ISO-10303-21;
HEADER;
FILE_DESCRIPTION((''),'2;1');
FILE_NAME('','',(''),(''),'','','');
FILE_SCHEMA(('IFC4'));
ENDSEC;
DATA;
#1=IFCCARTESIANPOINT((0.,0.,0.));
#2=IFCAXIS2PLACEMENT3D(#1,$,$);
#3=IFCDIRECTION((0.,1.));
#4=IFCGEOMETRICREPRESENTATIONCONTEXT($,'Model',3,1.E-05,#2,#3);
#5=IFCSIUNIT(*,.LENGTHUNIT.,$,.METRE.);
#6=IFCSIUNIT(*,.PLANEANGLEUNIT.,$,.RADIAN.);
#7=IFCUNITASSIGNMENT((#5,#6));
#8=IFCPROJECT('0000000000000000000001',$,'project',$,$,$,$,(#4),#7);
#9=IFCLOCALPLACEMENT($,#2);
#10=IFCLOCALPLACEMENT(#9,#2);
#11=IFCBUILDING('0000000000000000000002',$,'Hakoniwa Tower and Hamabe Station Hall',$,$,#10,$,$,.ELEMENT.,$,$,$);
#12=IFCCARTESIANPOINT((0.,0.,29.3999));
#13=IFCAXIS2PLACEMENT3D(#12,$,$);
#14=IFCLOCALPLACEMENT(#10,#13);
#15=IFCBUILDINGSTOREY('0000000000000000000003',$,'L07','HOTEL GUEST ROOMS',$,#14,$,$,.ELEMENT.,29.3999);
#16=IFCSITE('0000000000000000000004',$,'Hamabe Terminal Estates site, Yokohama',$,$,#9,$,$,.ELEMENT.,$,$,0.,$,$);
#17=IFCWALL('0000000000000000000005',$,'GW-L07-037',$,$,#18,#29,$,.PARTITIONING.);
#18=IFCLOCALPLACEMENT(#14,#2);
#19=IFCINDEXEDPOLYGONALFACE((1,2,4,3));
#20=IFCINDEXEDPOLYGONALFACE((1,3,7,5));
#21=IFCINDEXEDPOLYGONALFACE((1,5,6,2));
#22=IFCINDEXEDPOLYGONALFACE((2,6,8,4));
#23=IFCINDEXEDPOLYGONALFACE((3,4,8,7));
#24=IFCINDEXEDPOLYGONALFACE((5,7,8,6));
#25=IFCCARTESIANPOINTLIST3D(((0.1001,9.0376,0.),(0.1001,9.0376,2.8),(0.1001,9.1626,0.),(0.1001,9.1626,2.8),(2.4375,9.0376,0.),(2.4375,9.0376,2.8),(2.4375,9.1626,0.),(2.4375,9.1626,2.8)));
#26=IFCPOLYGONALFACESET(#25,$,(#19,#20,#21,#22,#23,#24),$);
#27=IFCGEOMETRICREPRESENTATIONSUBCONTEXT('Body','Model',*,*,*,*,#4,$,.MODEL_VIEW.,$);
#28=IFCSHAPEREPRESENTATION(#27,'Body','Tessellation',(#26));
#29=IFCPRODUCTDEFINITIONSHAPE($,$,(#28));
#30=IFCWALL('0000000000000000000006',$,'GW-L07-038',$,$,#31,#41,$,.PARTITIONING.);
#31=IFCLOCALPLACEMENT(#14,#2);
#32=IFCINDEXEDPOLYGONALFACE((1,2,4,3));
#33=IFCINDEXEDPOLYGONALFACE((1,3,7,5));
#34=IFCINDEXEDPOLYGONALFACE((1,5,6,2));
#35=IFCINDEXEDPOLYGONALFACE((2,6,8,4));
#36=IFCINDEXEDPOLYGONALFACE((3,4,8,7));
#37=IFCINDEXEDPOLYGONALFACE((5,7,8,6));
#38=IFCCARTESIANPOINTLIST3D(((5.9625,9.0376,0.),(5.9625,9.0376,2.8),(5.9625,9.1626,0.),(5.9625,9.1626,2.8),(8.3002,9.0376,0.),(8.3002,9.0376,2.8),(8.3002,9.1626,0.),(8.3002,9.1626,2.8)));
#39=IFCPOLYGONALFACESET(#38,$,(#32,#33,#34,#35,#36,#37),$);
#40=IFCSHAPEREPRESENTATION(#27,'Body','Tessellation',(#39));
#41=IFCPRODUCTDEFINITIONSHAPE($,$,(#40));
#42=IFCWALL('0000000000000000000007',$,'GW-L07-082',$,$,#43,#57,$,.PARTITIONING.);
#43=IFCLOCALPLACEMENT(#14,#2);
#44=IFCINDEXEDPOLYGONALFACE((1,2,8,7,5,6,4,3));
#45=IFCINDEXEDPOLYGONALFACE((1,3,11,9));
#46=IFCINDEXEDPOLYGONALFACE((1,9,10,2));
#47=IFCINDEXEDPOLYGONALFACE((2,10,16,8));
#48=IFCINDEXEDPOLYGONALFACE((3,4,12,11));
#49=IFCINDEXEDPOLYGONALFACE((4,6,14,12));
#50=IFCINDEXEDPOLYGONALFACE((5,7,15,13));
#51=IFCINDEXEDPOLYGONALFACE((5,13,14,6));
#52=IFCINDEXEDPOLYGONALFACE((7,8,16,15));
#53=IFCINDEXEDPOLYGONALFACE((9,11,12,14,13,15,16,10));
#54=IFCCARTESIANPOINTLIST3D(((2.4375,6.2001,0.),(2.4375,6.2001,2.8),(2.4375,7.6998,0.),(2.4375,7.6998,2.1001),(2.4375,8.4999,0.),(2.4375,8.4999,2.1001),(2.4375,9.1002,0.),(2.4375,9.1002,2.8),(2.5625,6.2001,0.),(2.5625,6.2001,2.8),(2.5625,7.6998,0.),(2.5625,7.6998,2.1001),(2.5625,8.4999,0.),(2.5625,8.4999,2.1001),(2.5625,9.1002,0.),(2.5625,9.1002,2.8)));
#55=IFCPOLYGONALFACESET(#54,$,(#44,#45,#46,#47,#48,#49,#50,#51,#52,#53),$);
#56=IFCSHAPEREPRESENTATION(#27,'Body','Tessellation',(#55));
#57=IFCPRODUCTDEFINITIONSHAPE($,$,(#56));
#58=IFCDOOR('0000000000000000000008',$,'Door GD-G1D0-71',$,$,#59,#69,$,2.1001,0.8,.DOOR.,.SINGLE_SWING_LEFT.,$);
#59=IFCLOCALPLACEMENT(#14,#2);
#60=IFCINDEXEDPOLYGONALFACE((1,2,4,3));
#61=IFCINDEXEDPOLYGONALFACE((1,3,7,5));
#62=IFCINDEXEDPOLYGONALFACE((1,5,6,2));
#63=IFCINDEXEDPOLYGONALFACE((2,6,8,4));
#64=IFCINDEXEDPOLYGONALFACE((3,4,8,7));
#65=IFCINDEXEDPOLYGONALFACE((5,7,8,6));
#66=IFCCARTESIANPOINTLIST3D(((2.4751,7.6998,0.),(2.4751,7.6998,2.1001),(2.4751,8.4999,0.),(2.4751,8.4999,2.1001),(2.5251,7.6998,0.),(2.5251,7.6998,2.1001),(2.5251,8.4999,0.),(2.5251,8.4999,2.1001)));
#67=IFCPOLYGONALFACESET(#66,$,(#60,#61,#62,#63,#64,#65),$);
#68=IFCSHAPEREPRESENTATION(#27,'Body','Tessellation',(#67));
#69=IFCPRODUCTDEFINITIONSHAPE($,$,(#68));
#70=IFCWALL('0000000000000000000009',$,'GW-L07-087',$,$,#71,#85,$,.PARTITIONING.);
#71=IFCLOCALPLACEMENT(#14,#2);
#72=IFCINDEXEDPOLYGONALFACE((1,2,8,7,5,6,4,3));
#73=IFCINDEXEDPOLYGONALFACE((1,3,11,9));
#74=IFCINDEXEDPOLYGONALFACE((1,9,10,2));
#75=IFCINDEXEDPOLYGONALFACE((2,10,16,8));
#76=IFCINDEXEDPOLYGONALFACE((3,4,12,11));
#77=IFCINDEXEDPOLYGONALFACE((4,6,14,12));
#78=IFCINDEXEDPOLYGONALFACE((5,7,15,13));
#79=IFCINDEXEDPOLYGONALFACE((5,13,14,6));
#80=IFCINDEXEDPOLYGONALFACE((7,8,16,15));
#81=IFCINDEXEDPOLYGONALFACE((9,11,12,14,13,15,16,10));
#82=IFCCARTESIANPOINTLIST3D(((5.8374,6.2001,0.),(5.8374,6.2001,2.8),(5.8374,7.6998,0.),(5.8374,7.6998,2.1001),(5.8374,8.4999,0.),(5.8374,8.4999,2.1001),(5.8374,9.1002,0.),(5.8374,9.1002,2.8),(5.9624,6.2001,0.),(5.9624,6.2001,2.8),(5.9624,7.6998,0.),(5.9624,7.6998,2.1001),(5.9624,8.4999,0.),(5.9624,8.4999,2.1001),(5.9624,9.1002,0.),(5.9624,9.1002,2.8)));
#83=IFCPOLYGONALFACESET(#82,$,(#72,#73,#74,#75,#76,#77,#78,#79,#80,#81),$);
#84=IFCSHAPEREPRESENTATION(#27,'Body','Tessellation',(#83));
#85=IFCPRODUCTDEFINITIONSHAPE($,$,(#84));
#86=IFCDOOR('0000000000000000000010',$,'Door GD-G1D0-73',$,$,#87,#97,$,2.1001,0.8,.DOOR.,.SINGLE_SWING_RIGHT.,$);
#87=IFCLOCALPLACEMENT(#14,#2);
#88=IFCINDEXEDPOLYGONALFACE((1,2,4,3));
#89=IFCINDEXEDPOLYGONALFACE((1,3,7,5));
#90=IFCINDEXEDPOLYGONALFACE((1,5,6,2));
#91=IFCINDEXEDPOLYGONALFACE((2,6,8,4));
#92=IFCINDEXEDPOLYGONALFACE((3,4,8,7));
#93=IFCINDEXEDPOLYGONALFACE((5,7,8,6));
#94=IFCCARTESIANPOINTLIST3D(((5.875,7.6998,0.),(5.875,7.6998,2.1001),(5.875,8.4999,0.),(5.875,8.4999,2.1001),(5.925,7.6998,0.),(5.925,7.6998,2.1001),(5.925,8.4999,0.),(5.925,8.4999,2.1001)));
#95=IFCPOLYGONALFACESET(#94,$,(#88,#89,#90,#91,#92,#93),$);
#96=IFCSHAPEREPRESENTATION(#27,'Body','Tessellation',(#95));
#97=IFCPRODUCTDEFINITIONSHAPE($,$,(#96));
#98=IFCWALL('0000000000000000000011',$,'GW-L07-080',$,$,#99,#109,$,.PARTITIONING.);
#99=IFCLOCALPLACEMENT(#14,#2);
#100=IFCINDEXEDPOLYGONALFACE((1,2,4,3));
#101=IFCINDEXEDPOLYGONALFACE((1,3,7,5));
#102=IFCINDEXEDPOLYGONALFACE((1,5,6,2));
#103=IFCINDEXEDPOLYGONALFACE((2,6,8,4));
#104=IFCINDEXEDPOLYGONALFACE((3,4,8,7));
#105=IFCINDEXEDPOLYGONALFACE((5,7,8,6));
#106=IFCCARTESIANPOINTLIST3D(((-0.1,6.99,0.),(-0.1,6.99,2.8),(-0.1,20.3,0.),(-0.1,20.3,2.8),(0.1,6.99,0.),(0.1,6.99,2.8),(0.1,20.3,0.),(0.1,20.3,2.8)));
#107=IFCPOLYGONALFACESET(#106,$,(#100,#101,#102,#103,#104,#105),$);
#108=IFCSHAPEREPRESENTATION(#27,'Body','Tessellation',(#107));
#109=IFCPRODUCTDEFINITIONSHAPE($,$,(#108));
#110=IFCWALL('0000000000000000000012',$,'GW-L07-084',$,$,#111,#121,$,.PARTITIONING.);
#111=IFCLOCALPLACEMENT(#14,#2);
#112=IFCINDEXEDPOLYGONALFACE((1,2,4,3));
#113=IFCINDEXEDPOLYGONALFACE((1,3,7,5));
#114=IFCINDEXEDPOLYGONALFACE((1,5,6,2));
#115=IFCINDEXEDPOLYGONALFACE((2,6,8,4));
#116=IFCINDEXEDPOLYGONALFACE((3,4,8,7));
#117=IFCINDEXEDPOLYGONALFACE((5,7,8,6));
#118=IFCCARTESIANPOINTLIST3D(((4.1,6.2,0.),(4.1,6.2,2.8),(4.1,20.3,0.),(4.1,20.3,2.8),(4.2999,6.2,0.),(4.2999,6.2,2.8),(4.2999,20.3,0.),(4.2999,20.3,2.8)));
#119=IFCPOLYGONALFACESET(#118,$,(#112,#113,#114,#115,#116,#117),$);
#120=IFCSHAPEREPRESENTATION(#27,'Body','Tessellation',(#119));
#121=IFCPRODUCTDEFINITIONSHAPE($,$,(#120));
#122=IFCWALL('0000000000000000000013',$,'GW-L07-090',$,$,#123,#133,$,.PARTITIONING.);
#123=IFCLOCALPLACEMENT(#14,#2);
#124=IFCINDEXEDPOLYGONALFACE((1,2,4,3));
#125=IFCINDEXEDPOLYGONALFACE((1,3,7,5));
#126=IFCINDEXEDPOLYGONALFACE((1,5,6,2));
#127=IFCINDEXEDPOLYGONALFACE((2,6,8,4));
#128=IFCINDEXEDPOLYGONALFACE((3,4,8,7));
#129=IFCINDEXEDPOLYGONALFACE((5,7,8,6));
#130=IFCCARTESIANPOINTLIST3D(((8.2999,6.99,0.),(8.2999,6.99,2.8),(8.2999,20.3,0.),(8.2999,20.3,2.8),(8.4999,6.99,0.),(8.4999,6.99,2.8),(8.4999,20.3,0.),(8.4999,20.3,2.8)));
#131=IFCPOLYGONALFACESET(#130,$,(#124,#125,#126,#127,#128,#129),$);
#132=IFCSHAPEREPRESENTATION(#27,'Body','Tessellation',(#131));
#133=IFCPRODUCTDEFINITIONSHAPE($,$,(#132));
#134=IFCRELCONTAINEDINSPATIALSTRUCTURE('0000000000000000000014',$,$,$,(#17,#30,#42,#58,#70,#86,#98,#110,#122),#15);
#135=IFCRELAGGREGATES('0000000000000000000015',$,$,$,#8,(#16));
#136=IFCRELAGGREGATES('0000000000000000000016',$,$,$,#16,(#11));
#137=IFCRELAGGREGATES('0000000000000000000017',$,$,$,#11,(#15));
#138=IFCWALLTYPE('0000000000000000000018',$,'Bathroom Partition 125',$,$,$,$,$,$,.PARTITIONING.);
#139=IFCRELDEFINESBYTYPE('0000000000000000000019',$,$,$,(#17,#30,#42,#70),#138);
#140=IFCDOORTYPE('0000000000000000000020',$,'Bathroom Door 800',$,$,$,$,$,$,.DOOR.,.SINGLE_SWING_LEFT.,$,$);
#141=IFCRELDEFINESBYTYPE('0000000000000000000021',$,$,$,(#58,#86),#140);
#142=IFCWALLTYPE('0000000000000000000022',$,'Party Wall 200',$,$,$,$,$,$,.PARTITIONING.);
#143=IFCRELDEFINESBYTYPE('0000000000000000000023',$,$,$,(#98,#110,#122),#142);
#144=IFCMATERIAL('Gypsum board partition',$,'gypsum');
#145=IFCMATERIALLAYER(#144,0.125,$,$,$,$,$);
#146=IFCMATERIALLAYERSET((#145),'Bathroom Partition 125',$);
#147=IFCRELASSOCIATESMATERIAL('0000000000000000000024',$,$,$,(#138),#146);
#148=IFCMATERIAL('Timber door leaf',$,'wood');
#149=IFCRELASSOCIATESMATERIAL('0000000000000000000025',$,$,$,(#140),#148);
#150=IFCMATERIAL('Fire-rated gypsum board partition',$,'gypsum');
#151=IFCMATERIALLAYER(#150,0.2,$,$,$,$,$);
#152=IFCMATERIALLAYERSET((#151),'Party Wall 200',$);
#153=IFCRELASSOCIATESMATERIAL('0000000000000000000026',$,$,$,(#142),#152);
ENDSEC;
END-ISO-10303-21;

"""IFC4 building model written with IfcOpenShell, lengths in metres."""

from ifc_helpers import new_model, si_unit, direction, frame, frame_2d, origin, place, context, subcontext, project, spatial, rectangle, extrude, material, layer, layer_set, type_object, element, fill, save


model = new_model("IFC4")

# Units and contexts
model_context = context("Model", 3, precision=1e-05, world=origin(), true_north=direction((0.0, 1.0)))
body_context = subcontext(model_context, "Body", "Model", "MODEL_VIEW")
ifc_project = project(units=[si_unit("LENGTHUNIT", "METRE"), si_unit("PLANEANGLEUNIT", "RADIAN")], contexts=[model_context])

# Site, building, storey
site_placement = place(None, origin())
site = spatial("IfcSite", under=ifc_project, at=site_placement, Name="Hamabe Terminal Estates site, Yokohama", CompositionType="ELEMENT", RefElevation=0.0)
building_placement = place(site_placement, origin())
building = spatial("IfcBuilding", under=site, at=building_placement, Name="Hakoniwa Tower and Hamabe Station Hall", CompositionType="ELEMENT")
storey_placement = place(building_placement, frame((0.0, 0.0, 29.3999)))
storey = spatial("IfcBuildingStorey", under=building, at=storey_placement, Name="L07", Description="HOTEL GUEST ROOMS", CompositionType="ELEMENT", Elevation=29.3999)

# Walls
ifc_material_1 = material(Name="Gypsum board partition", Category="gypsum")
ifc_layer_1 = layer(ifc_material_1, 0.125)
ifc_layer_set_1 = layer_set([ifc_layer_1], Name="Bathroom Partition 125")
wall_type_1 = type_object("IfcWallType", Name="Bathroom Partition 125", PredefinedType="PARTITIONING", material=ifc_layer_set_1)
wall_1_placement = place(storey_placement, frame((0.1001, 9.1001, 0.0), z_axis=(0.0, 0.0, 1.0), x_axis=(1.0, 0.0, 0.0)))
element("IfcWall", 1, at=wall_1_placement, inside=storey, type_object=wall_type_1, Name="GW-L07-037", PredefinedType="PARTITIONING", context=body_context, shape_type="SweptSolid", body=[
    extrude(rectangle(XDim=2.3374, YDim=0.125, at=frame_2d((1.1687, 0.0))), origin(), (0.0, 0.0, 1.0), 2.8),
])
wall_2_placement = place(storey_placement, frame((5.9624, 9.1001, 0.0), z_axis=(0.0, 0.0, 1.0), x_axis=(1.0, 0.0, 0.0)))
element("IfcWall", 2, at=wall_2_placement, inside=storey, type_object=wall_type_1, Name="GW-L07-038", PredefinedType="PARTITIONING", context=body_context, shape_type="SweptSolid", body=[
    extrude(rectangle(XDim=2.3376, YDim=0.125, at=frame_2d((1.1689, 0.0))), origin(), (0.0, 0.0, 1.0), 2.8),
])

# Walls, openings, doors
wall_3_placement = place(storey_placement, frame((2.5, 6.2, 0.0), z_axis=(0.0, 0.0, 1.0), x_axis=(0.0, 1.0, 0.0)))
wall_3 = element("IfcWall", 3, at=wall_3_placement, inside=storey, type_object=wall_type_1, Name="GW-L07-082", PredefinedType="PARTITIONING", context=body_context, shape_type="SweptSolid", body=[
    extrude(rectangle(XDim=2.9001, YDim=0.125, at=frame_2d((1.4502, 0.0))), origin(), (0.0, 0.0, 1.0), 2.8),
])
opening_1_placement = place(wall_3_placement, frame((1.5, 0.0, 0.0)))
opening_1 = element("IfcOpeningElement", 4, at=opening_1_placement, cuts=wall_3, PredefinedType="OPENING", context=body_context, shape_type="SweptSolid", body=[
    extrude(rectangle(XDim=0.8, YDim=2.1001, at=frame_2d((0.3999, 1.05))), frame((0.0, 0.0725, 0.0), z_axis=(0.0, -1.0, 0.0), x_axis=(1.0, 0.0, 0.0)), (0.0, 0.0, 1.0), 0.145),
])
ifc_material_2 = material(Name="Timber door leaf", Category="wood")
door_type = type_object("IfcDoorType", Name="Bathroom Door 800", OperationType="SINGLE_SWING_LEFT", PredefinedType="DOOR", material=ifc_material_2)
door_1_placement = place(opening_1_placement, origin())
door_1 = element("IfcDoor", 5, at=door_1_placement, inside=storey, type_object=door_type, Name="Door GD-G1D0-71", OperationType="SINGLE_SWING_LEFT", OverallHeight=2.1001, OverallWidth=0.8, PredefinedType="DOOR", context=body_context, shape_type="SweptSolid", body=[
    extrude(rectangle(XDim=0.8, YDim=2.1001, at=frame_2d((0.3999, 1.05))), frame((0.0, 0.0249, 0.0), z_axis=(0.0, -1.0, 0.0), x_axis=(1.0, 0.0, 0.0)), (0.0, 0.0, 1.0), 0.05),
])
fill(opening_1, door_1)
wall_4_placement = place(storey_placement, frame((5.8999, 6.2, 0.0), z_axis=(0.0, 0.0, 1.0), x_axis=(0.0, 1.0, 0.0)))
wall_4 = element("IfcWall", 6, at=wall_4_placement, inside=storey, type_object=wall_type_1, Name="GW-L07-087", PredefinedType="PARTITIONING", context=body_context, shape_type="SweptSolid", body=[
    extrude(rectangle(XDim=2.9001, YDim=0.125, at=frame_2d((1.4502, 0.0))), origin(), (0.0, 0.0, 1.0), 2.8),
])
opening_2_placement = place(wall_4_placement, frame((1.5, 0.0, 0.0)))
opening_2 = element("IfcOpeningElement", 7, at=opening_2_placement, cuts=wall_4, PredefinedType="OPENING", context=body_context, shape_type="SweptSolid", body=[
    extrude(rectangle(XDim=0.8, YDim=2.1001, at=frame_2d((0.3999, 1.05))), frame((0.0, 0.0725, 0.0), z_axis=(0.0, -1.0, 0.0), x_axis=(1.0, 0.0, 0.0)), (0.0, 0.0, 1.0), 0.145),
])
door_2_placement = place(opening_2_placement, origin())
door_2 = element("IfcDoor", 8, at=door_2_placement, inside=storey, type_object=door_type, Name="Door GD-G1D0-73", OperationType="SINGLE_SWING_RIGHT", OverallHeight=2.1001, OverallWidth=0.8, PredefinedType="DOOR", context=body_context, shape_type="SweptSolid", body=[
    extrude(rectangle(XDim=0.8, YDim=2.1001, at=frame_2d((0.3999, 1.05))), frame((0.0, 0.0249, 0.0), z_axis=(0.0, -1.0, 0.0), x_axis=(1.0, 0.0, 0.0)), (0.0, 0.0, 1.0), 0.05),
])
fill(opening_2, door_2)

# Walls
ifc_material_3 = material(Name="Fire-rated gypsum board partition", Category="gypsum")
ifc_layer_2 = layer(ifc_material_3, 0.2)
ifc_layer_set_2 = layer_set([ifc_layer_2], Name="Party Wall 200")
wall_type_2 = type_object("IfcWallType", Name="Party Wall 200", PredefinedType="PARTITIONING", material=ifc_layer_set_2)
wall_5_placement = place(storey_placement, frame((0.0, 6.99, 0.0), z_axis=(0.0, 0.0, 1.0), x_axis=(0.0, 1.0, 0.0)))
element("IfcWall", 9, at=wall_5_placement, inside=storey, type_object=wall_type_2, Name="GW-L07-080", PredefinedType="PARTITIONING", context=body_context, shape_type="SweptSolid", body=[
    extrude(rectangle(XDim=13.3101, YDim=0.2, at=frame_2d((6.655, 0.0))), origin(), (0.0, 0.0, 1.0), 2.8),
])
wall_6_placement = place(storey_placement, frame((4.2, 6.2, 0.0), z_axis=(0.0, 0.0, 1.0), x_axis=(0.0, 1.0, 0.0)))
element("IfcWall", 10, at=wall_6_placement, inside=storey, type_object=wall_type_2, Name="GW-L07-084", PredefinedType="PARTITIONING", context=body_context, shape_type="SweptSolid", body=[
    extrude(rectangle(XDim=14.1001, YDim=0.2, at=frame_2d((7.05, 0.0))), origin(), (0.0, 0.0, 1.0), 2.8),
])
wall_7_placement = place(storey_placement, frame((8.3999, 6.99, 0.0), z_axis=(0.0, 0.0, 1.0), x_axis=(0.0, 1.0, 0.0)))
element("IfcWall", 11, at=wall_7_placement, inside=storey, type_object=wall_type_2, Name="GW-L07-090", PredefinedType="PARTITIONING", context=body_context, shape_type="SweptSolid", body=[
    extrude(rectangle(XDim=13.3101, YDim=0.2, at=frame_2d((6.655, 0.0))), origin(), (0.0, 0.0, 1.0), 2.8),
])

save(model, "model.ifc")
